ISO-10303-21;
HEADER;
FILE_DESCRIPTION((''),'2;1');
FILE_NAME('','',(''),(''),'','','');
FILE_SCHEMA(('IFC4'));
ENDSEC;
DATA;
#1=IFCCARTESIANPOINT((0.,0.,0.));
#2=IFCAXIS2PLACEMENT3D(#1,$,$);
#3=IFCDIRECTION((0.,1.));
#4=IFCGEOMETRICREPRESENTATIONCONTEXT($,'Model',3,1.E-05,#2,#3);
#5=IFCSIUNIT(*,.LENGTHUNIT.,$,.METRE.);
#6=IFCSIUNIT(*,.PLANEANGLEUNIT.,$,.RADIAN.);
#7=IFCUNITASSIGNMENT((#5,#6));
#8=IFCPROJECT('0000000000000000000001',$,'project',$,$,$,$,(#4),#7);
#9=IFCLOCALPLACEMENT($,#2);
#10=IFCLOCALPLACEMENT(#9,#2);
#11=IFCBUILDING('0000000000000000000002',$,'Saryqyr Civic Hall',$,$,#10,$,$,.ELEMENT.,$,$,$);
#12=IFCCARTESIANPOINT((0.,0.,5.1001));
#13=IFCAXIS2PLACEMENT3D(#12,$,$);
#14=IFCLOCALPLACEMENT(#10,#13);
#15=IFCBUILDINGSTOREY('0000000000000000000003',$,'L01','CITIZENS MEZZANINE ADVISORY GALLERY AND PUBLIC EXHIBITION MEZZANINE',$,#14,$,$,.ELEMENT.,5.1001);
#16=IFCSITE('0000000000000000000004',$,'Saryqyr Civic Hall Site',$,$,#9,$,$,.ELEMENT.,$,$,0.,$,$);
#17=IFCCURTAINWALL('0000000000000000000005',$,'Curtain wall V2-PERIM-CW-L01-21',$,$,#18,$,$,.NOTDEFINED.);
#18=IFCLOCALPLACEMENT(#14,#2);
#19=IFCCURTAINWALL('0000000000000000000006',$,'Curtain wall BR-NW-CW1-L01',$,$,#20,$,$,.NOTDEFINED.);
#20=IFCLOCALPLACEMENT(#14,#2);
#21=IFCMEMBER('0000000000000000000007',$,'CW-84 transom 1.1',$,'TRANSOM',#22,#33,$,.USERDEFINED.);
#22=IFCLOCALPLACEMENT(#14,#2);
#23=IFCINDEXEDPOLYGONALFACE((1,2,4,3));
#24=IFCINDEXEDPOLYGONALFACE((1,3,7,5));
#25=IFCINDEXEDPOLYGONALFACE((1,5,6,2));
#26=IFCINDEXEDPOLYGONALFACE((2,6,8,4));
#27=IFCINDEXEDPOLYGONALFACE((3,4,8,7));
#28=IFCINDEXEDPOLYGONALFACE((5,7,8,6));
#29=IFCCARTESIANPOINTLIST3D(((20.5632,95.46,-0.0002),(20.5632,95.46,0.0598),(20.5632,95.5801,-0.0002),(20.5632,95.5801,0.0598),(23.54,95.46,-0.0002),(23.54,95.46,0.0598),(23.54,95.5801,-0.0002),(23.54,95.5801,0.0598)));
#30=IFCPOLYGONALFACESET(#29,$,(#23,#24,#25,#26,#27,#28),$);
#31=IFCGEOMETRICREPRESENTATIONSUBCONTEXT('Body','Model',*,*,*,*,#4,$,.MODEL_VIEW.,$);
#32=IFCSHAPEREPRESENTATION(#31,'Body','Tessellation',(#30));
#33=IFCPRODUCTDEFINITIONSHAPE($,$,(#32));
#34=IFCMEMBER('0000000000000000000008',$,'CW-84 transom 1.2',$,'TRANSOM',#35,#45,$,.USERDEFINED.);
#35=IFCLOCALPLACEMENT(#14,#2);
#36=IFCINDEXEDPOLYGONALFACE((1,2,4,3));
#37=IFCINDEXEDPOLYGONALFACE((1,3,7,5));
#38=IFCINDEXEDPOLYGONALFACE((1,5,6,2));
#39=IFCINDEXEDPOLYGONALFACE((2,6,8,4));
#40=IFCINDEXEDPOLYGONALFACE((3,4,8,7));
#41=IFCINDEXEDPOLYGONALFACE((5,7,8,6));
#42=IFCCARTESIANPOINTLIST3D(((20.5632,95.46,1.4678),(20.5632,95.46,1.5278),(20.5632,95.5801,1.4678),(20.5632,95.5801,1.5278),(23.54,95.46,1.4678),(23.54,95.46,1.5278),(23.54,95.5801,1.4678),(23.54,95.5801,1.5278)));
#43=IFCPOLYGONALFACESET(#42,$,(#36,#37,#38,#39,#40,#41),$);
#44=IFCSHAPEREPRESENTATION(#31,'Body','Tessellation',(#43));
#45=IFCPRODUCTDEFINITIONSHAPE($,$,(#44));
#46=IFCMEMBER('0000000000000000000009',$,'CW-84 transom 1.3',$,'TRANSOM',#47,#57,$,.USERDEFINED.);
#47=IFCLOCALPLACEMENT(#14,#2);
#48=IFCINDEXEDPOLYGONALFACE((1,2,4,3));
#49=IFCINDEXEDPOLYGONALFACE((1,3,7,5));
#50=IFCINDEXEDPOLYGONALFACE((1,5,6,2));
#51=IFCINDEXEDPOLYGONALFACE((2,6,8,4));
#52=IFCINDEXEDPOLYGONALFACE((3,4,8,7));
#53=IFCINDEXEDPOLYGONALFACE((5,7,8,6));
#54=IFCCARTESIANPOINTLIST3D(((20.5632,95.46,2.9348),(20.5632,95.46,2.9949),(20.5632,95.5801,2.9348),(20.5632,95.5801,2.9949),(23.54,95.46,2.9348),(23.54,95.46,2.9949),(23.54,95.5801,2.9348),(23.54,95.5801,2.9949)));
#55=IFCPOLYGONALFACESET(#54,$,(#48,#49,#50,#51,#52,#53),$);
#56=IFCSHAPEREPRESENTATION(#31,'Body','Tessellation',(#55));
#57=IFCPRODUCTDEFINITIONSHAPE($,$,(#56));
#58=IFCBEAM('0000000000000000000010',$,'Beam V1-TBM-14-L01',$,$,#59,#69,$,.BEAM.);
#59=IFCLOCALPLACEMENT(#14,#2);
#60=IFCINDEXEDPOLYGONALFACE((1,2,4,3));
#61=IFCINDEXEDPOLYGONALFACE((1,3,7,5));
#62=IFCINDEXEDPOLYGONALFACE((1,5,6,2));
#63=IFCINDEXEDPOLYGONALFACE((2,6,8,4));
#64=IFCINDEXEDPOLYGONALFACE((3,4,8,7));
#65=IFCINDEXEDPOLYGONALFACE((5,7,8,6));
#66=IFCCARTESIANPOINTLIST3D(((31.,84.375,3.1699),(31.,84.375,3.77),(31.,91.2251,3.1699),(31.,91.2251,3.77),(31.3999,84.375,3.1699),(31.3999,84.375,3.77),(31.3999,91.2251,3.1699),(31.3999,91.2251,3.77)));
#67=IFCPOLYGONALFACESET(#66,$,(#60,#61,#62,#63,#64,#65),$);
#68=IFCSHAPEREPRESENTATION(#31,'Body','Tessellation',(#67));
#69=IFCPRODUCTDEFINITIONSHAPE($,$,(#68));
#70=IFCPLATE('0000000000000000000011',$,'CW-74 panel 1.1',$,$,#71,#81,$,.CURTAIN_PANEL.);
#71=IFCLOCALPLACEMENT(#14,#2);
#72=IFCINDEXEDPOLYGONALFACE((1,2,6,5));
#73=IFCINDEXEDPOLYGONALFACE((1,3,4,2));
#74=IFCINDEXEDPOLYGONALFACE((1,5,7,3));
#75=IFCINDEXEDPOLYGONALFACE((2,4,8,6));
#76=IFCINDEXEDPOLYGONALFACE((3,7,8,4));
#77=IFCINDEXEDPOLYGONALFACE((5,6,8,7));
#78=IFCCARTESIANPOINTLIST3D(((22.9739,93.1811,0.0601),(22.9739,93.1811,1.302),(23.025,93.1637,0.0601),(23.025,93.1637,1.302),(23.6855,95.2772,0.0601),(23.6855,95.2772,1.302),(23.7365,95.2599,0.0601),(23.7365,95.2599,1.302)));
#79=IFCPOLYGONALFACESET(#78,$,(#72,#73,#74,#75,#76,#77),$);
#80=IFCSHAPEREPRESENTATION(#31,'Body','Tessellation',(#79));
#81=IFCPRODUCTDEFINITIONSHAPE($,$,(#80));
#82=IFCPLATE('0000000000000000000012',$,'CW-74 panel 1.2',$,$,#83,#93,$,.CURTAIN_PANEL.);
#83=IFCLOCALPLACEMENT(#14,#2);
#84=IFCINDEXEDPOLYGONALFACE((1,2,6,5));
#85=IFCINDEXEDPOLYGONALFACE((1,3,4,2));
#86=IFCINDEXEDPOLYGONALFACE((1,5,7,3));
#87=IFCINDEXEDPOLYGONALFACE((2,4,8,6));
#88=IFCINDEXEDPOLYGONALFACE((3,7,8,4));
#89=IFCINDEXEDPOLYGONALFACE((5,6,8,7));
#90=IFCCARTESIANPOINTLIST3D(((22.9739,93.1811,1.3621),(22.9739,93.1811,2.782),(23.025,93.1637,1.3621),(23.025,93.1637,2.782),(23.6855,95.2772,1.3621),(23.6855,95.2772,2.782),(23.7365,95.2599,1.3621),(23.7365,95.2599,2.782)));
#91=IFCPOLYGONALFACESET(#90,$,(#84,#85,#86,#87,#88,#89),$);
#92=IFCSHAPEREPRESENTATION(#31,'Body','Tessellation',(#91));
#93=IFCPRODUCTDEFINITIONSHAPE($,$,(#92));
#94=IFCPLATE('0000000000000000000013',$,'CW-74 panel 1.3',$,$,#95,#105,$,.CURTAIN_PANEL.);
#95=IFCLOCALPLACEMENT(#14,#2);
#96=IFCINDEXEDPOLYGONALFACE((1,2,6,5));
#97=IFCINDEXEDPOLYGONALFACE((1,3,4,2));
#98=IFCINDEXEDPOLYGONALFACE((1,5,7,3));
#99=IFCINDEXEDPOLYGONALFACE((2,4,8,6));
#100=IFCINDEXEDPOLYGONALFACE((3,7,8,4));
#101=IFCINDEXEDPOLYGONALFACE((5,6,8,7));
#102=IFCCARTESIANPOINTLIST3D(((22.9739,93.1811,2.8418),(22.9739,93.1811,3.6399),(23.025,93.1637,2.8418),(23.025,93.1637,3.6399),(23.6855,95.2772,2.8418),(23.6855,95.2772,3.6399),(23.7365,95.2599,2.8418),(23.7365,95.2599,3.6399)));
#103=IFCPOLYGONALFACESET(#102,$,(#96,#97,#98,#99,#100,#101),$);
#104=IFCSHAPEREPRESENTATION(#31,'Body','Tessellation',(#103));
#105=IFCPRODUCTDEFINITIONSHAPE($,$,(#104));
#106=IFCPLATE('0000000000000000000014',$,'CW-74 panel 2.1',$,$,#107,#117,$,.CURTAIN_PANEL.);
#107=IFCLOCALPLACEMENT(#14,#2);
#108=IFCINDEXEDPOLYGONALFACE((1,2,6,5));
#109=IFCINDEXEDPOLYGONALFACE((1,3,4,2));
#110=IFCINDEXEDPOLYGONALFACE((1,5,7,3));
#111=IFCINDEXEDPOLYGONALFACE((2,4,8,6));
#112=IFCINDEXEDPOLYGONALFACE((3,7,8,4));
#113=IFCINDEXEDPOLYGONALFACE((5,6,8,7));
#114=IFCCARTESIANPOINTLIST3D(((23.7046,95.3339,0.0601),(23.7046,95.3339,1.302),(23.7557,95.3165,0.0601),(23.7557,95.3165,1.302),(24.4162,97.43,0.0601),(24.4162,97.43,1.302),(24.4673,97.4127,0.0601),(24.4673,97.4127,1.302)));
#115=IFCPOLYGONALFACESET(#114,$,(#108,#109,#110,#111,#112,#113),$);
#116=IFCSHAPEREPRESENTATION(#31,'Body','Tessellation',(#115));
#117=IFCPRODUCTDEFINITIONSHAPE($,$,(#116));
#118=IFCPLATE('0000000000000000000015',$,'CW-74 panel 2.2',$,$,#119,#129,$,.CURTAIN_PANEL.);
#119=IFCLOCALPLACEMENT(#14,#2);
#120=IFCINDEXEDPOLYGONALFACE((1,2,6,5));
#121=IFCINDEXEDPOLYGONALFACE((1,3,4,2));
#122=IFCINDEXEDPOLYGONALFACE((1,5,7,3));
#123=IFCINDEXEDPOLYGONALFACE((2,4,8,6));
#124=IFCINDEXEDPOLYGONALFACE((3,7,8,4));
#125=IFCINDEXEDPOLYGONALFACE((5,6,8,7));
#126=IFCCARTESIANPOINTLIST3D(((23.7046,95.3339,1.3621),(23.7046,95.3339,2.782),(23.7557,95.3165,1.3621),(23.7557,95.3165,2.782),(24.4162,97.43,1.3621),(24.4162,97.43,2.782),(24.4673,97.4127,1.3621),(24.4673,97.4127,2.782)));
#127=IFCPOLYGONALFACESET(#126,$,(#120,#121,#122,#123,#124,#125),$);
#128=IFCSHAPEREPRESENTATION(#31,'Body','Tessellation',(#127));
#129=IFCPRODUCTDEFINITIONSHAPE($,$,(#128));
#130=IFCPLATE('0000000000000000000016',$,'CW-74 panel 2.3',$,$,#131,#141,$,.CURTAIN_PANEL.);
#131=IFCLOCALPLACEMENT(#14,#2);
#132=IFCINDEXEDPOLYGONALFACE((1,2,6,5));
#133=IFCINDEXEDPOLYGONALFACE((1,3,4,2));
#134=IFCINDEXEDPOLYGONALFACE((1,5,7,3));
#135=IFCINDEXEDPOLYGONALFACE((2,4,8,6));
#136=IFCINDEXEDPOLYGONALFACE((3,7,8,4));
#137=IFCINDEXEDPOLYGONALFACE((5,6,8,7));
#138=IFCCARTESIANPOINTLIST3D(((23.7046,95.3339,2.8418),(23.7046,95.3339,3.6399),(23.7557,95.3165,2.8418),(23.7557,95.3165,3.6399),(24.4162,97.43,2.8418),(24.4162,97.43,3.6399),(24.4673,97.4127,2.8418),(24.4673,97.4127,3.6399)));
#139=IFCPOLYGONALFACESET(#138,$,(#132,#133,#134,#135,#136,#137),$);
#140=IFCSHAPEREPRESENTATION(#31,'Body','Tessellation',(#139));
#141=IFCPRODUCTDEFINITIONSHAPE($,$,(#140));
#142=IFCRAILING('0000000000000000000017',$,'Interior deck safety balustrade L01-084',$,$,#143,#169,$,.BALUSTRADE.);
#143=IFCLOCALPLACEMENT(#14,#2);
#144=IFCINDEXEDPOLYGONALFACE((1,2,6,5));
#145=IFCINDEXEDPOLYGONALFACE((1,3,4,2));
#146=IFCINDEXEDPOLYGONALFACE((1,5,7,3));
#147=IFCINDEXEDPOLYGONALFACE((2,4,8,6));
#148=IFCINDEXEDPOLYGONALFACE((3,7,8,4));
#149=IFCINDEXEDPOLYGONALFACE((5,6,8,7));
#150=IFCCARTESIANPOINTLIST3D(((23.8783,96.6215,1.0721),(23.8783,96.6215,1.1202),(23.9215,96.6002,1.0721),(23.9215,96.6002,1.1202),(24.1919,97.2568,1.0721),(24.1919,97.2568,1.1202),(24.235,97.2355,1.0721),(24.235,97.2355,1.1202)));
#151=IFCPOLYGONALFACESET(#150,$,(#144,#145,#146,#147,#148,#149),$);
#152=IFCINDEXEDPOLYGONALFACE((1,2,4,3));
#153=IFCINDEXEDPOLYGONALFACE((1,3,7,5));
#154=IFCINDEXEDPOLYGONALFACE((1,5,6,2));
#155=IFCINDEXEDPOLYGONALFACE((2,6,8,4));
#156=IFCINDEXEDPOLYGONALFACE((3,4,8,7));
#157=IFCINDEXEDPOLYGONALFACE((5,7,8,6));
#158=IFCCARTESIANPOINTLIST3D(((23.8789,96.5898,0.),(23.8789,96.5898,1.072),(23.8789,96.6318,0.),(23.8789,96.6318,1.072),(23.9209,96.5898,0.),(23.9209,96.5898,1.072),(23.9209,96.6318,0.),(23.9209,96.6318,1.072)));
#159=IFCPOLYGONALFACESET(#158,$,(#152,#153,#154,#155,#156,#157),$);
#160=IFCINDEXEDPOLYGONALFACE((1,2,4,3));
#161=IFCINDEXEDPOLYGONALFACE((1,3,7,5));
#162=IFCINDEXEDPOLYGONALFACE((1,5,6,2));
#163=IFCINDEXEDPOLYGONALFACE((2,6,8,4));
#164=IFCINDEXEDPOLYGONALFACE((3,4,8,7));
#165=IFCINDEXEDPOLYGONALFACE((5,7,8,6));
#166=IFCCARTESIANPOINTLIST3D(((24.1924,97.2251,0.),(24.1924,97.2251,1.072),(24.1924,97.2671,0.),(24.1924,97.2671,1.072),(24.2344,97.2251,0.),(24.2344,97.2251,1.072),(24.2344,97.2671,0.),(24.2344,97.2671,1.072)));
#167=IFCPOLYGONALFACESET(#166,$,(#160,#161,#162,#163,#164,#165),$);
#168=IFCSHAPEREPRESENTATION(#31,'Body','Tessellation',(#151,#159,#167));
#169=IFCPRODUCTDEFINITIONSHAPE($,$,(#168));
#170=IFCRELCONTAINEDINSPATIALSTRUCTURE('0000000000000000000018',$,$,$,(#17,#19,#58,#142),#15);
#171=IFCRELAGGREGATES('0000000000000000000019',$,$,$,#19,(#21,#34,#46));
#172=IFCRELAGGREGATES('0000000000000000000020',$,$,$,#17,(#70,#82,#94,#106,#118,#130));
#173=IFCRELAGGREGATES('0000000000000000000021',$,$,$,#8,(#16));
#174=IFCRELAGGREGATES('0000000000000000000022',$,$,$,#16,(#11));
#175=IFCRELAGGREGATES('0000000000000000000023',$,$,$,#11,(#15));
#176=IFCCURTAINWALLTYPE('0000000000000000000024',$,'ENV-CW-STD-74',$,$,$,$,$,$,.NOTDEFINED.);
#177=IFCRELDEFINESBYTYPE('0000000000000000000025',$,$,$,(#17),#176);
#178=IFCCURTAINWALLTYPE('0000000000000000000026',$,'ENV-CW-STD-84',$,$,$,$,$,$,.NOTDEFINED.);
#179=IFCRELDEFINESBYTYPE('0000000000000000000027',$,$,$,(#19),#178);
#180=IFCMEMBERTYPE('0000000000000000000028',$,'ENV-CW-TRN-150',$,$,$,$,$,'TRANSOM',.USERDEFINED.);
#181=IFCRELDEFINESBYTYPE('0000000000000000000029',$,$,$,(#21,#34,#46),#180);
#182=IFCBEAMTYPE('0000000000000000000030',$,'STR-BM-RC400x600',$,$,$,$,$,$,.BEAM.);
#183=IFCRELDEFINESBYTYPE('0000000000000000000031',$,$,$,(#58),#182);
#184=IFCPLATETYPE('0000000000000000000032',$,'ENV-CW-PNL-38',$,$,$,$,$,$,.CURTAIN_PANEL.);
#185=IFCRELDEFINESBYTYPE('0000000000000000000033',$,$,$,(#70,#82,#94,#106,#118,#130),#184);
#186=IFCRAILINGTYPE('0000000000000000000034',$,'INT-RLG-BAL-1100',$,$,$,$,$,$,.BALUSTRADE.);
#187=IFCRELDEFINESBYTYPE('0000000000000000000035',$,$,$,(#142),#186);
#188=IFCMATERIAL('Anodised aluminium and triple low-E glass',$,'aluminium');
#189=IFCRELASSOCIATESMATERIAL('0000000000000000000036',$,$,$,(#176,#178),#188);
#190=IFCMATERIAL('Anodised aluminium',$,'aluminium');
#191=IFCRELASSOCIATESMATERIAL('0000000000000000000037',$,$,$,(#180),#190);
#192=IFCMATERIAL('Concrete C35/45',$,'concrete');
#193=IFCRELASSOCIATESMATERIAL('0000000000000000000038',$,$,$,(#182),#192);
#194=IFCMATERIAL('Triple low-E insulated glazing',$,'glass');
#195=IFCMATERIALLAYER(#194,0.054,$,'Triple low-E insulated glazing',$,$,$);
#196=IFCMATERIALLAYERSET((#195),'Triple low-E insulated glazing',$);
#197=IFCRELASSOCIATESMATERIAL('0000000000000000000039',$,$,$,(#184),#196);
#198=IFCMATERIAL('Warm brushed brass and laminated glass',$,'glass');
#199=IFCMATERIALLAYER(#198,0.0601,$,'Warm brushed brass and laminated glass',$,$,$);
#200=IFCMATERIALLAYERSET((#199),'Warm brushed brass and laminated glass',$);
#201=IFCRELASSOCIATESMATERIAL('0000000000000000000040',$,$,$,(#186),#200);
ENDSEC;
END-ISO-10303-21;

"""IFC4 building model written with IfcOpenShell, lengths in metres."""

from ifc_helpers import new_model, si_unit, direction, frame, origin, origin_2d, place, context, subcontext, project, spatial, rectangle, extrude, material, layer, layer_set, material_profile, profile_set, type_object, element, aggregate, save


model = new_model("IFC4")

# Units and contexts
model_context = context("Model", 3, precision=1e-05, world=origin(), true_north=direction((0.0, 1.0)))
body_context = subcontext(model_context, "Body", "Model", "MODEL_VIEW")
ifc_project = project(units=[si_unit("LENGTHUNIT", "METRE"), si_unit("PLANEANGLEUNIT", "RADIAN")], contexts=[model_context])

# Site, building, storey
site_placement = place(None, origin())
site = spatial("IfcSite", under=ifc_project, at=site_placement, Name="Saryqyr Civic Hall Site", CompositionType="ELEMENT", RefElevation=0.0)
building_placement = place(site_placement, origin())
building = spatial("IfcBuilding", under=site, at=building_placement, Name="Saryqyr Civic Hall", CompositionType="ELEMENT")
storey_placement = place(building_placement, frame((0.0, 0.0, 5.1001)))
storey = spatial("IfcBuildingStorey", under=building, at=storey_placement, Name="L01", Description="CITIZENS MEZZANINE ADVISORY GALLERY AND PUBLIC EXHIBITION MEZZANINE", CompositionType="ELEMENT", Elevation=5.1001)

# Shared definitions
ifc_material_1 = material(Name="Anodised aluminium and triple low-E glass", Category="aluminium")
ifc_material_2 = material(Name="Anodised aluminium", Category="aluminium")

# Curtain wall
curtain_wall_type_1 = type_object("IfcCurtainWallType", Name="ENV-CW-STD-74", PredefinedType="NOTDEFINED", material=ifc_material_1)
curtain_wall_1_placement = place(storey_placement, origin())
curtain_wall_1 = element("IfcCurtainWall", 1, at=curtain_wall_1_placement, inside=storey, type_object=curtain_wall_type_1, Name="Curtain wall V2-PERIM-CW-L01-21", PredefinedType="NOTDEFINED")

# Curtain wall
curtain_wall_type_2 = type_object("IfcCurtainWallType", Name="ENV-CW-STD-84", PredefinedType="NOTDEFINED", material=ifc_material_1)
curtain_wall_2_placement = place(storey_placement, origin())
curtain_wall_2 = element("IfcCurtainWall", 2, at=curtain_wall_2_placement, inside=storey, type_object=curtain_wall_type_2, Name="Curtain wall BR-NW-CW1-L01", PredefinedType="NOTDEFINED")

# Members
ifc_material_profile_1 = material_profile(ifc_material_2, rectangle(XDim=0.1201, YDim=0.0601, at=origin_2d()), Name="ALU TRANSOM 120x60")
ifc_profile_set_1 = profile_set([ifc_material_profile_1], Name="Anodised aluminium")
member_type_1 = type_object("IfcMemberType", Name="ENV-CW-TRN-150", ElementType="TRANSOM", PredefinedType="USERDEFINED", material=ifc_profile_set_1)
member_1_placement = place(storey_placement, frame((23.54, 95.52, 0.0298), z_axis=(-1.0, 0.0, 0.0), x_axis=(0.0, -1.0, 0.0)))
member_1 = element("IfcMember", 3, at=member_1_placement, type_object=member_type_1, Name="CW-84 transom 1.1", ObjectType="TRANSOM", PredefinedType="USERDEFINED", context=body_context, shape_type="SweptSolid", body=[
    extrude(rectangle(XDim=0.1201, YDim=0.0601, at=origin_2d()), origin(), (0.0, 0.0, 1.0), 2.9768),
])
member_2_placement = place(storey_placement, frame((23.54, 95.52, 1.4978), z_axis=(-1.0, 0.0, 0.0), x_axis=(0.0, -1.0, 0.0)))
member_2 = element("IfcMember", 4, at=member_2_placement, type_object=member_type_1, Name="CW-84 transom 1.2", ObjectType="TRANSOM", PredefinedType="USERDEFINED", context=body_context, shape_type="SweptSolid", body=[
    extrude(rectangle(XDim=0.1201, YDim=0.0601, at=origin_2d()), origin(), (0.0, 0.0, 1.0), 2.9768),
])
member_3_placement = place(storey_placement, frame((23.54, 95.52, 2.9648), z_axis=(-1.0, 0.0, 0.0), x_axis=(0.0, -1.0, 0.0)))
member_3 = element("IfcMember", 5, at=member_3_placement, type_object=member_type_1, Name="CW-84 transom 1.3", ObjectType="TRANSOM", PredefinedType="USERDEFINED", context=body_context, shape_type="SweptSolid", body=[
    extrude(rectangle(XDim=0.1201, YDim=0.0601, at=origin_2d()), origin(), (0.0, 0.0, 1.0), 2.9768),
])
aggregate(curtain_wall_2, [member_1, member_2, member_3])

# Beam
ifc_material_3 = material(Name="Concrete C35/45", Category="concrete")
ifc_material_profile_2 = material_profile(ifc_material_3, rectangle(XDim=0.3999, YDim=0.6001, at=origin_2d()), Name="RC 400x600")
ifc_profile_set_2 = profile_set([ifc_material_profile_2], Name="Concrete C35/45")
beam_type = type_object("IfcBeamType", Name="STR-BM-RC400x600", PredefinedType="BEAM", material=ifc_profile_set_2)
beam_placement = place(storey_placement, frame((31.2, 84.375, 3.47), z_axis=(0.0, 1.0, 0.0), x_axis=(-1.0, 0.0, 0.0)))
element("IfcBeam", 6, at=beam_placement, inside=storey, type_object=beam_type, Name="Beam V1-TBM-14-L01", PredefinedType="BEAM", context=body_context, shape_type="SweptSolid", body=[
    extrude(rectangle(XDim=0.3999, YDim=0.6001, at=origin_2d()), origin(), (0.0, 0.0, 1.0), 6.8501),
])

# Plates
ifc_material_4 = material(Name="Triple low-E insulated glazing", Category="glass")
ifc_layer_1 = layer(ifc_material_4, 0.054, Name="Triple low-E insulated glazing")
ifc_layer_set_1 = layer_set([ifc_layer_1], Name="Triple low-E insulated glazing")
plate_type = type_object("IfcPlateType", Name="ENV-CW-PNL-38", PredefinedType="CURTAIN_PANEL", material=ifc_layer_set_1)
plate_1_placement = place(storey_placement, frame((23.3552, 94.2205, 0.0601), z_axis=(0.0, 0.0, 1.0), x_axis=(0.321445, 0.946928, 0.0)))
plate_1 = element("IfcPlate", 7, at=plate_1_placement, type_object=plate_type, Name="CW-74 panel 1.1", PredefinedType="CURTAIN_PANEL", context=body_context, shape_type="SweptSolid", body=[
    extrude(rectangle(XDim=2.2136, YDim=0.054, at=origin_2d()), origin(), (0.0, 0.0, 1.0), 1.2419),
])
plate_2_placement = place(storey_placement, frame((23.3552, 94.2205, 1.3621), z_axis=(0.0, 0.0, 1.0), x_axis=(0.321445, 0.946928, 0.0)))
plate_2 = element("IfcPlate", 8, at=plate_2_placement, type_object=plate_type, Name="CW-74 panel 1.2", PredefinedType="CURTAIN_PANEL", context=body_context, shape_type="SweptSolid", body=[
    extrude(rectangle(XDim=2.2136, YDim=0.054, at=origin_2d()), origin(), (0.0, 0.0, 1.0), 1.4199),
])
plate_3_placement = place(storey_placement, frame((23.3552, 94.2205, 2.8418), z_axis=(0.0, 0.0, 1.0), x_axis=(0.321445, 0.946928, 0.0)))
plate_3 = element("IfcPlate", 9, at=plate_3_placement, type_object=plate_type, Name="CW-74 panel 1.3", PredefinedType="CURTAIN_PANEL", context=body_context, shape_type="SweptSolid", body=[
    extrude(rectangle(XDim=2.2136, YDim=0.054, at=origin_2d()), origin(), (0.0, 0.0, 1.0), 0.7981),
])
plate_4_placement = place(storey_placement, frame((24.0859, 96.3733, 0.0601), z_axis=(0.0, 0.0, 1.0), x_axis=(0.321445, 0.946928, 0.0)))
plate_4 = element("IfcPlate", 10, at=plate_4_placement, type_object=plate_type, Name="CW-74 panel 2.1", PredefinedType="CURTAIN_PANEL", context=body_context, shape_type="SweptSolid", body=[
    extrude(rectangle(XDim=2.2136, YDim=0.054, at=origin_2d()), origin(), (0.0, 0.0, 1.0), 1.2419),
])
plate_5_placement = place(storey_placement, frame((24.0859, 96.3733, 1.3621), z_axis=(0.0, 0.0, 1.0), x_axis=(0.321445, 0.946928, 0.0)))
plate_5 = element("IfcPlate", 11, at=plate_5_placement, type_object=plate_type, Name="CW-74 panel 2.2", PredefinedType="CURTAIN_PANEL", context=body_context, shape_type="SweptSolid", body=[
    extrude(rectangle(XDim=2.2136, YDim=0.054, at=origin_2d()), origin(), (0.0, 0.0, 1.0), 1.4199),
])
plate_6_placement = place(storey_placement, frame((24.0859, 96.3733, 2.8418), z_axis=(0.0, 0.0, 1.0), x_axis=(0.321445, 0.946928, 0.0)))
plate_6 = element("IfcPlate", 12, at=plate_6_placement, type_object=plate_type, Name="CW-74 panel 2.3", PredefinedType="CURTAIN_PANEL", context=body_context, shape_type="SweptSolid", body=[
    extrude(rectangle(XDim=2.2136, YDim=0.054, at=origin_2d()), origin(), (0.0, 0.0, 1.0), 0.7981),
])
aggregate(curtain_wall_1, [plate_1, plate_2, plate_3, plate_4, plate_5, plate_6])

# Railing
ifc_material_5 = material(Name="Warm brushed brass and laminated glass", Category="glass")
ifc_layer_2 = layer(ifc_material_5, 0.0601, Name="Warm brushed brass and laminated glass")
ifc_layer_set_2 = layer_set([ifc_layer_2], Name="Warm brushed brass and laminated glass")
railing_type = type_object("IfcRailingType", Name="INT-RLG-BAL-1100", PredefinedType="BALUSTRADE", material=ifc_layer_set_2)
railing_placement = place(storey_placement, frame((23.8999, 96.6108, 0.0)))
element("IfcRailing", 13, at=railing_placement, inside=storey, type_object=railing_type, Name="Interior deck safety balustrade L01-084", PredefinedType="BALUSTRADE", context=body_context, shape_type="SweptSolid", body=[
    extrude(rectangle(XDim=0.0481, YDim=0.0481, at=origin_2d()), frame((0.0, 0.0, 1.0962), z_axis=(0.44252, 0.896758, 0.0), x_axis=(-0.896758, 0.44252, 0.0)), (0.0, 0.0, 1.0), 0.7085),
    extrude(rectangle(XDim=0.042, YDim=0.042, at=origin_2d()), origin(), (0.0, 0.0, 1.0), 1.072),
    extrude(rectangle(XDim=0.042, YDim=0.042, at=origin_2d()), frame((0.3135, 0.6353, 0.0)), (0.0, 0.0, 1.0), 1.072),
])

save(model, "model.ifc")
